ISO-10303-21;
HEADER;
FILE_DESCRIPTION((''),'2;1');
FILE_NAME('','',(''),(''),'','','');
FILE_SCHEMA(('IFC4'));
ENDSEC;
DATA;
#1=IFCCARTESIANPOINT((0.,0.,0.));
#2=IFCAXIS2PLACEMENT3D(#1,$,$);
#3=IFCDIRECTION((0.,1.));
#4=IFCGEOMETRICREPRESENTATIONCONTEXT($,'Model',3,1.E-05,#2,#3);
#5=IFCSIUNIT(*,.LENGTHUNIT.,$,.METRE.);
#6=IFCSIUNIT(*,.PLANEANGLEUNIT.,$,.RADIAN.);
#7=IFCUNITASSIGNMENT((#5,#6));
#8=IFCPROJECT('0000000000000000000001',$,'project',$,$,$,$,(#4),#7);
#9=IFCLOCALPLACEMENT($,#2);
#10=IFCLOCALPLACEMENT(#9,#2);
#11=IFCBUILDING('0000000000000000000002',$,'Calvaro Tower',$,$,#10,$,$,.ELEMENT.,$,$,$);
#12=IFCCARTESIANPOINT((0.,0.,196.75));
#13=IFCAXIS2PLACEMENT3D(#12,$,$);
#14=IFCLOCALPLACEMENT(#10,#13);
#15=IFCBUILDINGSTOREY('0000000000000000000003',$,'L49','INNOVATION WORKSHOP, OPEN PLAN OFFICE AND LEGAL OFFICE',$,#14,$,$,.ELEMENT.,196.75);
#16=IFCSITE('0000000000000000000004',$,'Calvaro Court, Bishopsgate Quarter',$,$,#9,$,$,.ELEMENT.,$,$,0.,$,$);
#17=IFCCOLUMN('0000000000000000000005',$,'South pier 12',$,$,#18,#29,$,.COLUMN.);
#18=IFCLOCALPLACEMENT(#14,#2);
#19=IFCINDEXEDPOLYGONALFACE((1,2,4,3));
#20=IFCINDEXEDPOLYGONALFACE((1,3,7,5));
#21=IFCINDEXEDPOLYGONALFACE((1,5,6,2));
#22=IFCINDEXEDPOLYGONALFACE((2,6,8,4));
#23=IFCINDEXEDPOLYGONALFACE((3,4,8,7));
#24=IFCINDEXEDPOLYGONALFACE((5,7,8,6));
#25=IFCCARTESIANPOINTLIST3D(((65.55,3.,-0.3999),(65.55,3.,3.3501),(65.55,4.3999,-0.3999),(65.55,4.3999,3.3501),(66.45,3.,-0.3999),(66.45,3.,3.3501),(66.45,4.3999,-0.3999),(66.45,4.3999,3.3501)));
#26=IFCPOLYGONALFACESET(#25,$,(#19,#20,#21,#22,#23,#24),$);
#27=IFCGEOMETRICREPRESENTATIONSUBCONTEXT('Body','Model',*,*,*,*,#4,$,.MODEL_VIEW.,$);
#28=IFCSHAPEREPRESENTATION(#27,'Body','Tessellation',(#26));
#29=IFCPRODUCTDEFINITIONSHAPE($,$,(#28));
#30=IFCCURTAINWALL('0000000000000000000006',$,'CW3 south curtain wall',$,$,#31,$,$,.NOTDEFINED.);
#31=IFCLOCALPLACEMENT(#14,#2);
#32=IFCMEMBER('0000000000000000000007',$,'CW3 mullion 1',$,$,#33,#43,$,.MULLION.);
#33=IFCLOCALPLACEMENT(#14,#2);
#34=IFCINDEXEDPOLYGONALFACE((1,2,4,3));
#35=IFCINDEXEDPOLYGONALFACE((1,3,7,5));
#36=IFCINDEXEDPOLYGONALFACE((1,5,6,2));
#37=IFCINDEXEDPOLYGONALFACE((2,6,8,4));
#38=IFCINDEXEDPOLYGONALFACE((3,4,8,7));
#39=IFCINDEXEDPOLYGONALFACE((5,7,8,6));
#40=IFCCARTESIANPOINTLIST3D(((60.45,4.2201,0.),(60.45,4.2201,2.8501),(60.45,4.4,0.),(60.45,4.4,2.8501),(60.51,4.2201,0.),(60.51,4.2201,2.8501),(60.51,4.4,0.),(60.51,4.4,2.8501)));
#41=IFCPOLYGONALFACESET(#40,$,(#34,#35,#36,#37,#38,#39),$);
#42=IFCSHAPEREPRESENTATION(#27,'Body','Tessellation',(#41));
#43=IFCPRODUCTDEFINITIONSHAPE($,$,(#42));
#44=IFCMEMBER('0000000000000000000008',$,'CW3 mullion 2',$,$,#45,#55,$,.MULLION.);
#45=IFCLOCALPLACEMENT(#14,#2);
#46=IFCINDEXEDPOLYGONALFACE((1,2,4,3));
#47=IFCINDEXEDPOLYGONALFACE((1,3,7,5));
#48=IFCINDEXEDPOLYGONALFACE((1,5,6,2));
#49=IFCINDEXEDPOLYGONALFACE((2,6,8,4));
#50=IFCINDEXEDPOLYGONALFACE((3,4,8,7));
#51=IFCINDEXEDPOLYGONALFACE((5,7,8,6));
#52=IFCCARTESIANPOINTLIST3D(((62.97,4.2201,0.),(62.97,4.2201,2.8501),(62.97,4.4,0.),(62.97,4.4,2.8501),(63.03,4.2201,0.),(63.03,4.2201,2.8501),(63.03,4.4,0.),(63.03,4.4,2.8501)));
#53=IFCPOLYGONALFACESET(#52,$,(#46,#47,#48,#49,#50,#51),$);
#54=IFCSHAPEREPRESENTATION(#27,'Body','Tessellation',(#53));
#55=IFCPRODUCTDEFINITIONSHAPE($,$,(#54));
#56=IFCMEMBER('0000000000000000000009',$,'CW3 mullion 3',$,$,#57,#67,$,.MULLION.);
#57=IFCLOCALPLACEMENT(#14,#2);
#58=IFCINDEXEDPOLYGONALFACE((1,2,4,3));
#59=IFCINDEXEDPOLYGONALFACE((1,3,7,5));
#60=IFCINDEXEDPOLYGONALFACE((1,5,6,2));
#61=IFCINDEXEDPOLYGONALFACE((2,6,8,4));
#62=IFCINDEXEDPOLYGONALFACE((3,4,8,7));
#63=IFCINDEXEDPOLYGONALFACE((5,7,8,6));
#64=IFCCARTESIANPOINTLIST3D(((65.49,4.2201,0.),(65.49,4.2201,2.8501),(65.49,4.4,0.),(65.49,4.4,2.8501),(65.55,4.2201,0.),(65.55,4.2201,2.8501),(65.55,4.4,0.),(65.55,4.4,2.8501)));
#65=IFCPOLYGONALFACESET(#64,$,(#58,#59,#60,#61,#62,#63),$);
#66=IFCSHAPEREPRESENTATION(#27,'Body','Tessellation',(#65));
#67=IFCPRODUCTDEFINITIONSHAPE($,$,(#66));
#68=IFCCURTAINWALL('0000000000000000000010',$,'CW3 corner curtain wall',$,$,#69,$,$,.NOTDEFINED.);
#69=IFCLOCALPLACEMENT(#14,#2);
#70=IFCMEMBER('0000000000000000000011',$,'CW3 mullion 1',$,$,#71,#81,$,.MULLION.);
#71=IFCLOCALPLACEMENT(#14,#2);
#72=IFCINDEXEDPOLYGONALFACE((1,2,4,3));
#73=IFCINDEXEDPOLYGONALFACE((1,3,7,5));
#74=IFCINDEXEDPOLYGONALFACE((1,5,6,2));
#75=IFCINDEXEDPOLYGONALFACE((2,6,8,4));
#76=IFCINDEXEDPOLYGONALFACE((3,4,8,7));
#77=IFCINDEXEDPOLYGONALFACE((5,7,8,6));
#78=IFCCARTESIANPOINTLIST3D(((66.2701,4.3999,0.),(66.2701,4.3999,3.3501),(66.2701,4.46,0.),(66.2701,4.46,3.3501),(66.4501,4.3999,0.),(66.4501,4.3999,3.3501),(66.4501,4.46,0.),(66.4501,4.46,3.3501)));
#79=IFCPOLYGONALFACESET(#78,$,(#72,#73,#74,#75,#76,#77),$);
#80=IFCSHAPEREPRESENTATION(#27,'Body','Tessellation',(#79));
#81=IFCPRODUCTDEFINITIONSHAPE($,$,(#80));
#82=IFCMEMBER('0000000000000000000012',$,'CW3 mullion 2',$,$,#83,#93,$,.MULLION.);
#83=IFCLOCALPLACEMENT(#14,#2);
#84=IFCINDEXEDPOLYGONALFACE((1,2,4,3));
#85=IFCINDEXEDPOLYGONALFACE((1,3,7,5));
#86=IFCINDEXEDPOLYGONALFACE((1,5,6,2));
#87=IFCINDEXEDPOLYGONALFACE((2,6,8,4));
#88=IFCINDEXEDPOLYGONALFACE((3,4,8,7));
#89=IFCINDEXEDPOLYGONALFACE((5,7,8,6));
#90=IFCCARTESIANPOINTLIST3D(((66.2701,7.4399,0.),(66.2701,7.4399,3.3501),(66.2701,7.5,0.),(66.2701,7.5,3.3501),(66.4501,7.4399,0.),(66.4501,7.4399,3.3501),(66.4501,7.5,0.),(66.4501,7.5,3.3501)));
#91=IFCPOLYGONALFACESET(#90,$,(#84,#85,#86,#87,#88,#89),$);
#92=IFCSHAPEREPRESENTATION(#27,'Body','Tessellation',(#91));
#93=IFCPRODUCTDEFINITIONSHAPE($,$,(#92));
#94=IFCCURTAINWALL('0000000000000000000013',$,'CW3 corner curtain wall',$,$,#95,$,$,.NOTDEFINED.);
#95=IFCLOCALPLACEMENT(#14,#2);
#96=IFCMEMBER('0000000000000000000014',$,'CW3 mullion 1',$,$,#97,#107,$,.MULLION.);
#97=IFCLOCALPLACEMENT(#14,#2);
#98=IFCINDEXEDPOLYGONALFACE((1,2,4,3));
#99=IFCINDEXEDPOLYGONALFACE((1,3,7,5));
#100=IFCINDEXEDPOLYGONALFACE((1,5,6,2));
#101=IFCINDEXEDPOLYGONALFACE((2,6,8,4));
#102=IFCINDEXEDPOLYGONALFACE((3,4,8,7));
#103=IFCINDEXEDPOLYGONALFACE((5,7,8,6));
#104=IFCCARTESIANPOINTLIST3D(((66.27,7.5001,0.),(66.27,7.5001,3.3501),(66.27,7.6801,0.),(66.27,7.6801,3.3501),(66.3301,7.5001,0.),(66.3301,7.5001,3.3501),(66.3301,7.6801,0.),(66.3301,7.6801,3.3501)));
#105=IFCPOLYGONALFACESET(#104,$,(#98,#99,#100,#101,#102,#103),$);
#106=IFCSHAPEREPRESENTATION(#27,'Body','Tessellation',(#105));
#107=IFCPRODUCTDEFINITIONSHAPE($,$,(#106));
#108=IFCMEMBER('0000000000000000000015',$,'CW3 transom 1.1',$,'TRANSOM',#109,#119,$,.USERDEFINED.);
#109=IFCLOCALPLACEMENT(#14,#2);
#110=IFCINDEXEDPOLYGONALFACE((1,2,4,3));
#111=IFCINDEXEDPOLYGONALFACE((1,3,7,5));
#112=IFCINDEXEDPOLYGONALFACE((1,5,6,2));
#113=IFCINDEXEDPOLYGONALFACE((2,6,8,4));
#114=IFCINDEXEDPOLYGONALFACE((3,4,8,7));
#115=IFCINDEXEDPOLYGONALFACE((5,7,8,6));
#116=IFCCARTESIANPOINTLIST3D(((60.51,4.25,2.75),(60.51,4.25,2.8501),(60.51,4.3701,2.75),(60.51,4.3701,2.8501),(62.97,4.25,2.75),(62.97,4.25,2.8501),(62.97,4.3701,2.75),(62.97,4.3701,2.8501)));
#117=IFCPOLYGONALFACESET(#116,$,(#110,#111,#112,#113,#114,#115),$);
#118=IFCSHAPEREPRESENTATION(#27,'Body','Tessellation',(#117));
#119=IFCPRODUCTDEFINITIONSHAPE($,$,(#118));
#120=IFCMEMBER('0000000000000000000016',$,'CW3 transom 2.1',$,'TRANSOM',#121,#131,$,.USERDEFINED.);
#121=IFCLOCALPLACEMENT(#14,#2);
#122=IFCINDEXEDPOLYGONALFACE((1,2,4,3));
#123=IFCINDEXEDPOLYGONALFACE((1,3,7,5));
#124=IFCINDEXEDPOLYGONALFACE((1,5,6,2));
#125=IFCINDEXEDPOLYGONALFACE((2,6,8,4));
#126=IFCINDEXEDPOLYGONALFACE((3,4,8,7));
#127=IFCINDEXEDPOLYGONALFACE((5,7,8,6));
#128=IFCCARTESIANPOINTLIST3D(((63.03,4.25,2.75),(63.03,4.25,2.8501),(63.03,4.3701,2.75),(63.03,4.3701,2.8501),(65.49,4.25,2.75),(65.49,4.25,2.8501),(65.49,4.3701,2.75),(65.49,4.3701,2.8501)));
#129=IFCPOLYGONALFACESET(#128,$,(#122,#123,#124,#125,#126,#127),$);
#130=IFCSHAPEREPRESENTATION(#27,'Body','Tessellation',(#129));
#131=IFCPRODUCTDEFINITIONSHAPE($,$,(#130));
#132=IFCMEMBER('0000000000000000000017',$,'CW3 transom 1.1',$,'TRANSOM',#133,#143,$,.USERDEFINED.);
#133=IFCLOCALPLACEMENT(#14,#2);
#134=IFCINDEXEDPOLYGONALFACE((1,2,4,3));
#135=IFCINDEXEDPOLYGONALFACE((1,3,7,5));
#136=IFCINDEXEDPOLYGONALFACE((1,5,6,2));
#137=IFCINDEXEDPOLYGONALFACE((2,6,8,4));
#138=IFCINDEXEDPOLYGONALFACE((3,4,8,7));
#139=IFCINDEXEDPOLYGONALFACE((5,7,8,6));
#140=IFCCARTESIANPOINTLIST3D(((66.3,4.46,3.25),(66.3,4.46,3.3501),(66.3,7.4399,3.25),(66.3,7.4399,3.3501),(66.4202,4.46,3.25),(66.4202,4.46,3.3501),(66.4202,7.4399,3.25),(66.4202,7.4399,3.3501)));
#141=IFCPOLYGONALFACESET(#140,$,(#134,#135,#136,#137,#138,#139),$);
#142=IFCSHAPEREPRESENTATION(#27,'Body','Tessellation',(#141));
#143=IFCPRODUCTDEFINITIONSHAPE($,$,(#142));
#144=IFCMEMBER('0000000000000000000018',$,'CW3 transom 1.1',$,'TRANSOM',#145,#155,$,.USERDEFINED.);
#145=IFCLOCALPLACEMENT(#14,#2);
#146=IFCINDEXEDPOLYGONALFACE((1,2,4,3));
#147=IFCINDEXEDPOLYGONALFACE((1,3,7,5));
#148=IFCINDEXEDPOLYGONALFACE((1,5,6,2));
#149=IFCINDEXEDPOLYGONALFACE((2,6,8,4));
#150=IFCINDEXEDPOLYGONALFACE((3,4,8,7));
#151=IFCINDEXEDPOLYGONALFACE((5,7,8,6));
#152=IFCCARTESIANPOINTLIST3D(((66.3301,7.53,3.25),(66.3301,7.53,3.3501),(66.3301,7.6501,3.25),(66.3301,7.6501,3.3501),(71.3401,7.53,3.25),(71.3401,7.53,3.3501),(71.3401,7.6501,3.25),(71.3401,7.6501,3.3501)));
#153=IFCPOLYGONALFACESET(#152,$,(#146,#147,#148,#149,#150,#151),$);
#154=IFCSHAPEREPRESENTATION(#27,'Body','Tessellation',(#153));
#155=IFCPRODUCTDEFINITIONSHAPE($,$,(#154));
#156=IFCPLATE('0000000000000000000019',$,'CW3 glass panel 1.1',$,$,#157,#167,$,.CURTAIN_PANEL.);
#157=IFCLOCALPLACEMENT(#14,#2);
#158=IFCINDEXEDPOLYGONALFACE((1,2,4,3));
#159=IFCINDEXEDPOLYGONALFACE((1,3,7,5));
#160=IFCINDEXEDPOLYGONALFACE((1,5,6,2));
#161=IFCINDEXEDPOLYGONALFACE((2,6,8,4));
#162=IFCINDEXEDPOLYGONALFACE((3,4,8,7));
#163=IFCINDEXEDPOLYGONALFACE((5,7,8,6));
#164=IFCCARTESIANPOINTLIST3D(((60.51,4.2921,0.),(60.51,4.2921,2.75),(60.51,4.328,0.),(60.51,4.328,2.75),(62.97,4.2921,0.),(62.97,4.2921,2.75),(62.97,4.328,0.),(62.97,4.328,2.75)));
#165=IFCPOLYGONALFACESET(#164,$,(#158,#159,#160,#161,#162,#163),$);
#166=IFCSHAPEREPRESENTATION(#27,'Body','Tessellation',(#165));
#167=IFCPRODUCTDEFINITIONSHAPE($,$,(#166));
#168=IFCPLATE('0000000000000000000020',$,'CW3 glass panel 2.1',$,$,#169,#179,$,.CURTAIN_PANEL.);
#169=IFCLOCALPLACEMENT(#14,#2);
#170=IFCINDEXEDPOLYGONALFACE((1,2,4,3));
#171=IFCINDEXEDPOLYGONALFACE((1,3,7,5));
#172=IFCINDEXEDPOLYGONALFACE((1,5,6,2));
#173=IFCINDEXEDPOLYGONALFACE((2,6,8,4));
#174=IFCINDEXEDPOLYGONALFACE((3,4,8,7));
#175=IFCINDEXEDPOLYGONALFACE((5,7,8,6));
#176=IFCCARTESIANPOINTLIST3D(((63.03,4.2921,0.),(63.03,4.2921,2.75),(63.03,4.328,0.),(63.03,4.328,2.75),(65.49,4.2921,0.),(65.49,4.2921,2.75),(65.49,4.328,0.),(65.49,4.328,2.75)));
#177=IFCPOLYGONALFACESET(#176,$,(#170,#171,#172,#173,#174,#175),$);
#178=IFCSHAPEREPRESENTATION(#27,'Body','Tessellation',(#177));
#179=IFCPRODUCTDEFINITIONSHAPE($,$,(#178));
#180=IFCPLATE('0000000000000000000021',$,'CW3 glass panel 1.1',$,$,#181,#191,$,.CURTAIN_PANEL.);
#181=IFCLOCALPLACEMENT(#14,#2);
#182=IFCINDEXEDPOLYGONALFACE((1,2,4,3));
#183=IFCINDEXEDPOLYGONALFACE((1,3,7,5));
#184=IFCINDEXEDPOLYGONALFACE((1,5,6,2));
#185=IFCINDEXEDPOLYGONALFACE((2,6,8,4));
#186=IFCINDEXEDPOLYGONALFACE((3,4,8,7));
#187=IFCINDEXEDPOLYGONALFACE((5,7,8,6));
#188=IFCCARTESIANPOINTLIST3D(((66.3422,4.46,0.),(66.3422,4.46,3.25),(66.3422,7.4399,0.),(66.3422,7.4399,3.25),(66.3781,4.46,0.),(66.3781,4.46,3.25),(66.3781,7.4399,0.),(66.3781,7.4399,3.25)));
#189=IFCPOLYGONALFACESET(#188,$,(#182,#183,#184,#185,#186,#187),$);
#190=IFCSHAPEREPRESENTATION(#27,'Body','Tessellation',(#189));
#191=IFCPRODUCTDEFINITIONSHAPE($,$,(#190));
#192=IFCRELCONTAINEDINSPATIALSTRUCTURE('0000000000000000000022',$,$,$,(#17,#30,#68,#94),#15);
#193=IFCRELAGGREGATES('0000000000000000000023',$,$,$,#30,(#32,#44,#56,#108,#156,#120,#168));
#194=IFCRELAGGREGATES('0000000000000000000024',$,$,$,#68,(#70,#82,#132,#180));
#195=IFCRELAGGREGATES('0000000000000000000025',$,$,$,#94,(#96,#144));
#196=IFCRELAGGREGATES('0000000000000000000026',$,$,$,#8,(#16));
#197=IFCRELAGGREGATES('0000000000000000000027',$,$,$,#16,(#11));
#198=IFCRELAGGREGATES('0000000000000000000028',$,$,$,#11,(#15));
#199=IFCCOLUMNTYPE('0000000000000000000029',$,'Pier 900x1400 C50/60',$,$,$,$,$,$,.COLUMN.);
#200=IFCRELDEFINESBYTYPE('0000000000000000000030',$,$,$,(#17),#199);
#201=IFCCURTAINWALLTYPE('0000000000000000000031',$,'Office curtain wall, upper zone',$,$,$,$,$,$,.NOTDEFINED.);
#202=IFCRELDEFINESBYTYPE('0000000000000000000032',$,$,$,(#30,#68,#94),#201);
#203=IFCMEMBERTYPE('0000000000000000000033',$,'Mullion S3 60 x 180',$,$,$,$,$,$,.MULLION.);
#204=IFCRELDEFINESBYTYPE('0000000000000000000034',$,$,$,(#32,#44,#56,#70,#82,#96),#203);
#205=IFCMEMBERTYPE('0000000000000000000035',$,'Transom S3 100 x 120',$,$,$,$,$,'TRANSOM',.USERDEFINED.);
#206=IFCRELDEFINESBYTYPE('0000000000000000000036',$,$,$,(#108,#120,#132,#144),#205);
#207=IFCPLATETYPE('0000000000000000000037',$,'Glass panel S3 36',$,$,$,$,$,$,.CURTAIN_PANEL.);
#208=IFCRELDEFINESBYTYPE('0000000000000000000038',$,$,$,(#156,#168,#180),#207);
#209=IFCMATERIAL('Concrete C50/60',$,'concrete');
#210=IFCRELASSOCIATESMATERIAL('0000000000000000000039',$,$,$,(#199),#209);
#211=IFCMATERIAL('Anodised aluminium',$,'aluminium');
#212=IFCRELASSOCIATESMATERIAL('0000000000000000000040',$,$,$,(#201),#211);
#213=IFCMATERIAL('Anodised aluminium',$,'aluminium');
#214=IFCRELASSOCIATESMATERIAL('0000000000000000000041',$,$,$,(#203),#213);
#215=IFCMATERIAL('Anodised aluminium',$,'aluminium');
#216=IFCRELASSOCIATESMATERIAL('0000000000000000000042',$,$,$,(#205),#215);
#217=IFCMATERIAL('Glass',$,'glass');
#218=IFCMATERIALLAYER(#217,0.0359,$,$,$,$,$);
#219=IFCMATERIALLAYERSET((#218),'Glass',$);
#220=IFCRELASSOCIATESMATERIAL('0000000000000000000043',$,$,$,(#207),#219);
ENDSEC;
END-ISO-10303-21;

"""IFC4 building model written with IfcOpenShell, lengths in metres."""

from ifc_helpers import new_model, si_unit, direction, frame, origin, origin_2d, place, context, subcontext, project, spatial, rectangle, extrude, material, layer, layer_set, material_profile, profile_set, type_object, element, aggregate, save


model = new_model("IFC4")

# Units and contexts
model_context = context("Model", 3, precision=1e-05, world=origin(), true_north=direction((0.0, 1.0)))
body_context = subcontext(model_context, "Body", "Model", "MODEL_VIEW")
ifc_project = project(units=[si_unit("LENGTHUNIT", "METRE"), si_unit("PLANEANGLEUNIT", "RADIAN")], contexts=[model_context])

# Site, building, storey
site_placement = place(None, origin())
site = spatial("IfcSite", under=ifc_project, at=site_placement, Name="Calvaro Court, Bishopsgate Quarter", CompositionType="ELEMENT", RefElevation=0.0)
building_placement = place(site_placement, origin())
building = spatial("IfcBuilding", under=site, at=building_placement, Name="Calvaro Tower", CompositionType="ELEMENT")
storey_placement = place(building_placement, frame((0.0, 0.0, 196.75)))
storey = spatial("IfcBuildingStorey", under=building, at=storey_placement, Name="L49", Description="INNOVATION WORKSHOP, OPEN PLAN OFFICE AND LEGAL OFFICE", CompositionType="ELEMENT", Elevation=196.75)

# Column
ifc_material_1 = material(Name="Concrete C50/60", Category="concrete")
ifc_material_profile_1 = material_profile(ifc_material_1, rectangle(XDim=0.8999, YDim=1.3999, at=origin_2d()), Name="RC 900x1400")
ifc_profile_set_1 = profile_set([ifc_material_profile_1], Name="Concrete C50/60")
column_type = type_object("IfcColumnType", Name="Pier 900x1400 C50/60", PredefinedType="COLUMN", material=ifc_profile_set_1)
column_placement = place(storey_placement, frame((66.0, 3.7, -0.3999), z_axis=(0.0, 0.0, 1.0), x_axis=(1.0, 0.0, 0.0)))
element("IfcColumn", 1, at=column_placement, inside=storey, type_object=column_type, Name="South pier 12", PredefinedType="COLUMN", context=body_context, shape_type="SweptSolid", body=[
    extrude(rectangle(XDim=0.8999, YDim=1.3999, at=origin_2d()), origin(), (0.0, 0.0, 1.0), 3.75),
])

# Curtain walls, members
ifc_material_2 = material(Name="Anodised aluminium", Category="aluminium")
curtain_wall_type = type_object("IfcCurtainWallType", Name="Office curtain wall, upper zone", PredefinedType="NOTDEFINED", material=ifc_material_2)
curtain_wall_1_placement = place(storey_placement, origin())
curtain_wall_1 = element("IfcCurtainWall", 2, at=curtain_wall_1_placement, inside=storey, type_object=curtain_wall_type, Name="CW3 south curtain wall", PredefinedType="NOTDEFINED")
ifc_material_3 = material(Name="Anodised aluminium", Category="aluminium")
ifc_material_profile_2 = material_profile(ifc_material_3, rectangle(XDim=0.1799, YDim=0.0601, at=origin_2d()), Name="Mullion S3 60 x 180")
ifc_profile_set_2 = profile_set([ifc_material_profile_2], Name="Anodised aluminium")
member_type_1 = type_object("IfcMemberType", Name="Mullion S3 60 x 180", PredefinedType="MULLION", material=ifc_profile_set_2)
member_1_placement = place(storey_placement, frame((60.48, 4.3101, 0.0), z_axis=(0.0, 0.0, 1.0), x_axis=(0.0, 1.0, 0.0)))
member_1 = element("IfcMember", 3, at=member_1_placement, type_object=member_type_1, Name="CW3 mullion 1", PredefinedType="MULLION", context=body_context, shape_type="SweptSolid", body=[
    extrude(rectangle(XDim=0.1799, YDim=0.0601, at=origin_2d()), origin(), (0.0, 0.0, 1.0), 2.8501),
])
member_2_placement = place(storey_placement, frame((63.0, 4.3101, 0.0), z_axis=(0.0, 0.0, 1.0), x_axis=(0.0, 1.0, 0.0)))
member_2 = element("IfcMember", 4, at=member_2_placement, type_object=member_type_1, Name="CW3 mullion 2", PredefinedType="MULLION", context=body_context, shape_type="SweptSolid", body=[
    extrude(rectangle(XDim=0.1799, YDim=0.0601, at=origin_2d()), origin(), (0.0, 0.0, 1.0), 2.8501),
])
member_3_placement = place(storey_placement, frame((65.52, 4.3101, 0.0), z_axis=(0.0, 0.0, 1.0), x_axis=(0.0, 1.0, 0.0)))
member_3 = element("IfcMember", 5, at=member_3_placement, type_object=member_type_1, Name="CW3 mullion 3", PredefinedType="MULLION", context=body_context, shape_type="SweptSolid", body=[
    extrude(rectangle(XDim=0.1799, YDim=0.0601, at=origin_2d()), origin(), (0.0, 0.0, 1.0), 2.8501),
])
curtain_wall_2_placement = place(storey_placement, origin())
curtain_wall_2 = element("IfcCurtainWall", 6, at=curtain_wall_2_placement, inside=storey, type_object=curtain_wall_type, Name="CW3 corner curtain wall", PredefinedType="NOTDEFINED")
member_4_placement = place(storey_placement, frame((66.3601, 4.4299, 0.0), z_axis=(0.0, 0.0, 1.0), x_axis=(-1.0, 0.0, 0.0)))
member_4 = element("IfcMember", 7, at=member_4_placement, type_object=member_type_1, Name="CW3 mullion 1", PredefinedType="MULLION", context=body_context, shape_type="SweptSolid", body=[
    extrude(rectangle(XDim=0.1799, YDim=0.0601, at=origin_2d()), origin(), (0.0, 0.0, 1.0), 3.3501),
])
member_5_placement = place(storey_placement, frame((66.3601, 7.47, 0.0), z_axis=(0.0, 0.0, 1.0), x_axis=(-1.0, 0.0, 0.0)))
member_5 = element("IfcMember", 8, at=member_5_placement, type_object=member_type_1, Name="CW3 mullion 2", PredefinedType="MULLION", context=body_context, shape_type="SweptSolid", body=[
    extrude(rectangle(XDim=0.1799, YDim=0.0601, at=origin_2d()), origin(), (0.0, 0.0, 1.0), 3.3501),
])

# Curtain wall, member
curtain_wall_3_placement = place(storey_placement, origin())
curtain_wall_3 = element("IfcCurtainWall", 9, at=curtain_wall_3_placement, inside=storey, type_object=curtain_wall_type, Name="CW3 corner curtain wall", PredefinedType="NOTDEFINED")
member_6_placement = place(storey_placement, frame((66.3, 7.5901, 0.0), z_axis=(0.0, 0.0, 1.0), x_axis=(0.0, 1.0, 0.0)))
member_6 = element("IfcMember", 10, at=member_6_placement, type_object=member_type_1, Name="CW3 mullion 1", PredefinedType="MULLION", context=body_context, shape_type="SweptSolid", body=[
    extrude(rectangle(XDim=0.1799, YDim=0.0601, at=origin_2d()), origin(), (0.0, 0.0, 1.0), 3.3501),
])

# Members
ifc_material_4 = material(Name="Anodised aluminium", Category="aluminium")
ifc_material_profile_3 = material_profile(ifc_material_4, rectangle(XDim=0.1201, YDim=0.1001, at=origin_2d()), Name="Transom S3 100 x 120")
ifc_profile_set_3 = profile_set([ifc_material_profile_3], Name="Anodised aluminium")
member_type_2 = type_object("IfcMemberType", Name="Transom S3 100 x 120", ElementType="TRANSOM", PredefinedType="USERDEFINED", material=ifc_profile_set_3)
member_7_placement = place(storey_placement, frame((60.51, 4.3101, 2.8), z_axis=(1.0, 0.0, 0.0), x_axis=(0.0, 1.0, 0.0)))
member_7 = element("IfcMember", 11, at=member_7_placement, type_object=member_type_2, Name="CW3 transom 1.1", ObjectType="TRANSOM", PredefinedType="USERDEFINED", context=body_context, shape_type="SweptSolid", body=[
    extrude(rectangle(XDim=0.1201, YDim=0.1001, at=origin_2d()), origin(), (0.0, 0.0, 1.0), 2.46),
])
member_8_placement = place(storey_placement, frame((63.03, 4.3101, 2.8), z_axis=(1.0, 0.0, 0.0), x_axis=(0.0, 1.0, 0.0)))
member_8 = element("IfcMember", 12, at=member_8_placement, type_object=member_type_2, Name="CW3 transom 2.1", ObjectType="TRANSOM", PredefinedType="USERDEFINED", context=body_context, shape_type="SweptSolid", body=[
    extrude(rectangle(XDim=0.1201, YDim=0.1001, at=origin_2d()), origin(), (0.0, 0.0, 1.0), 2.46),
])
member_9_placement = place(storey_placement, frame((66.3601, 4.46, 3.3), z_axis=(0.0, 1.0, 0.0), x_axis=(-1.0, 0.0, 0.0)))
member_9 = element("IfcMember", 13, at=member_9_placement, type_object=member_type_2, Name="CW3 transom 1.1", ObjectType="TRANSOM", PredefinedType="USERDEFINED", context=body_context, shape_type="SweptSolid", body=[
    extrude(rectangle(XDim=0.1201, YDim=0.1001, at=origin_2d()), origin(), (0.0, 0.0, 1.0), 2.98),
])
member_10_placement = place(storey_placement, frame((66.3301, 7.5901, 3.3), z_axis=(1.0, 0.0, 0.0), x_axis=(0.0, 1.0, 0.0)))
member_10 = element("IfcMember", 14, at=member_10_placement, type_object=member_type_2, Name="CW3 transom 1.1", ObjectType="TRANSOM", PredefinedType="USERDEFINED", context=body_context, shape_type="SweptSolid", body=[
    extrude(rectangle(XDim=0.1201, YDim=0.1001, at=origin_2d()), origin(), (0.0, 0.0, 1.0), 5.01),
])

# Plates
ifc_material_5 = material(Name="Glass", Category="glass")
ifc_layer_1 = layer(ifc_material_5, 0.0359)
ifc_layer_set_1 = layer_set([ifc_layer_1], Name="Glass")
plate_type = type_object("IfcPlateType", Name="Glass panel S3 36", PredefinedType="CURTAIN_PANEL", material=ifc_layer_set_1)
plate_1_placement = place(storey_placement, frame((61.74, 4.3101, 0.0), z_axis=(0.0, 0.0, 1.0), x_axis=(1.0, 0.0, 0.0)))
plate_1 = element("IfcPlate", 15, at=plate_1_placement, type_object=plate_type, Name="CW3 glass panel 1.1", PredefinedType="CURTAIN_PANEL", context=body_context, shape_type="SweptSolid", body=[
    extrude(rectangle(XDim=2.46, YDim=0.0359, at=origin_2d()), origin(), (0.0, 0.0, 1.0), 2.75),
])
plate_2_placement = place(storey_placement, frame((64.26, 4.3101, 0.0), z_axis=(0.0, 0.0, 1.0), x_axis=(1.0, 0.0, 0.0)))
plate_2 = element("IfcPlate", 16, at=plate_2_placement, type_object=plate_type, Name="CW3 glass panel 2.1", PredefinedType="CURTAIN_PANEL", context=body_context, shape_type="SweptSolid", body=[
    extrude(rectangle(XDim=2.46, YDim=0.0359, at=origin_2d()), origin(), (0.0, 0.0, 1.0), 2.75),
])
aggregate(curtain_wall_1, [member_1, member_2, member_3, member_7, plate_1, member_8, plate_2])
plate_3_placement = place(storey_placement, frame((66.3601, 5.95, 0.0), z_axis=(0.0, 0.0, 1.0), x_axis=(0.0, 1.0, 0.0)))
plate_3 = element("IfcPlate", 17, at=plate_3_placement, type_object=plate_type, Name="CW3 glass panel 1.1", PredefinedType="CURTAIN_PANEL", context=body_context, shape_type="SweptSolid", body=[
    extrude(rectangle(XDim=2.98, YDim=0.0359, at=origin_2d()), origin(), (0.0, 0.0, 1.0), 3.25),
])
aggregate(curtain_wall_2, [member_4, member_5, member_9, plate_3])
aggregate(curtain_wall_3, [member_6, member_10])

save(model, "model.ifc")
